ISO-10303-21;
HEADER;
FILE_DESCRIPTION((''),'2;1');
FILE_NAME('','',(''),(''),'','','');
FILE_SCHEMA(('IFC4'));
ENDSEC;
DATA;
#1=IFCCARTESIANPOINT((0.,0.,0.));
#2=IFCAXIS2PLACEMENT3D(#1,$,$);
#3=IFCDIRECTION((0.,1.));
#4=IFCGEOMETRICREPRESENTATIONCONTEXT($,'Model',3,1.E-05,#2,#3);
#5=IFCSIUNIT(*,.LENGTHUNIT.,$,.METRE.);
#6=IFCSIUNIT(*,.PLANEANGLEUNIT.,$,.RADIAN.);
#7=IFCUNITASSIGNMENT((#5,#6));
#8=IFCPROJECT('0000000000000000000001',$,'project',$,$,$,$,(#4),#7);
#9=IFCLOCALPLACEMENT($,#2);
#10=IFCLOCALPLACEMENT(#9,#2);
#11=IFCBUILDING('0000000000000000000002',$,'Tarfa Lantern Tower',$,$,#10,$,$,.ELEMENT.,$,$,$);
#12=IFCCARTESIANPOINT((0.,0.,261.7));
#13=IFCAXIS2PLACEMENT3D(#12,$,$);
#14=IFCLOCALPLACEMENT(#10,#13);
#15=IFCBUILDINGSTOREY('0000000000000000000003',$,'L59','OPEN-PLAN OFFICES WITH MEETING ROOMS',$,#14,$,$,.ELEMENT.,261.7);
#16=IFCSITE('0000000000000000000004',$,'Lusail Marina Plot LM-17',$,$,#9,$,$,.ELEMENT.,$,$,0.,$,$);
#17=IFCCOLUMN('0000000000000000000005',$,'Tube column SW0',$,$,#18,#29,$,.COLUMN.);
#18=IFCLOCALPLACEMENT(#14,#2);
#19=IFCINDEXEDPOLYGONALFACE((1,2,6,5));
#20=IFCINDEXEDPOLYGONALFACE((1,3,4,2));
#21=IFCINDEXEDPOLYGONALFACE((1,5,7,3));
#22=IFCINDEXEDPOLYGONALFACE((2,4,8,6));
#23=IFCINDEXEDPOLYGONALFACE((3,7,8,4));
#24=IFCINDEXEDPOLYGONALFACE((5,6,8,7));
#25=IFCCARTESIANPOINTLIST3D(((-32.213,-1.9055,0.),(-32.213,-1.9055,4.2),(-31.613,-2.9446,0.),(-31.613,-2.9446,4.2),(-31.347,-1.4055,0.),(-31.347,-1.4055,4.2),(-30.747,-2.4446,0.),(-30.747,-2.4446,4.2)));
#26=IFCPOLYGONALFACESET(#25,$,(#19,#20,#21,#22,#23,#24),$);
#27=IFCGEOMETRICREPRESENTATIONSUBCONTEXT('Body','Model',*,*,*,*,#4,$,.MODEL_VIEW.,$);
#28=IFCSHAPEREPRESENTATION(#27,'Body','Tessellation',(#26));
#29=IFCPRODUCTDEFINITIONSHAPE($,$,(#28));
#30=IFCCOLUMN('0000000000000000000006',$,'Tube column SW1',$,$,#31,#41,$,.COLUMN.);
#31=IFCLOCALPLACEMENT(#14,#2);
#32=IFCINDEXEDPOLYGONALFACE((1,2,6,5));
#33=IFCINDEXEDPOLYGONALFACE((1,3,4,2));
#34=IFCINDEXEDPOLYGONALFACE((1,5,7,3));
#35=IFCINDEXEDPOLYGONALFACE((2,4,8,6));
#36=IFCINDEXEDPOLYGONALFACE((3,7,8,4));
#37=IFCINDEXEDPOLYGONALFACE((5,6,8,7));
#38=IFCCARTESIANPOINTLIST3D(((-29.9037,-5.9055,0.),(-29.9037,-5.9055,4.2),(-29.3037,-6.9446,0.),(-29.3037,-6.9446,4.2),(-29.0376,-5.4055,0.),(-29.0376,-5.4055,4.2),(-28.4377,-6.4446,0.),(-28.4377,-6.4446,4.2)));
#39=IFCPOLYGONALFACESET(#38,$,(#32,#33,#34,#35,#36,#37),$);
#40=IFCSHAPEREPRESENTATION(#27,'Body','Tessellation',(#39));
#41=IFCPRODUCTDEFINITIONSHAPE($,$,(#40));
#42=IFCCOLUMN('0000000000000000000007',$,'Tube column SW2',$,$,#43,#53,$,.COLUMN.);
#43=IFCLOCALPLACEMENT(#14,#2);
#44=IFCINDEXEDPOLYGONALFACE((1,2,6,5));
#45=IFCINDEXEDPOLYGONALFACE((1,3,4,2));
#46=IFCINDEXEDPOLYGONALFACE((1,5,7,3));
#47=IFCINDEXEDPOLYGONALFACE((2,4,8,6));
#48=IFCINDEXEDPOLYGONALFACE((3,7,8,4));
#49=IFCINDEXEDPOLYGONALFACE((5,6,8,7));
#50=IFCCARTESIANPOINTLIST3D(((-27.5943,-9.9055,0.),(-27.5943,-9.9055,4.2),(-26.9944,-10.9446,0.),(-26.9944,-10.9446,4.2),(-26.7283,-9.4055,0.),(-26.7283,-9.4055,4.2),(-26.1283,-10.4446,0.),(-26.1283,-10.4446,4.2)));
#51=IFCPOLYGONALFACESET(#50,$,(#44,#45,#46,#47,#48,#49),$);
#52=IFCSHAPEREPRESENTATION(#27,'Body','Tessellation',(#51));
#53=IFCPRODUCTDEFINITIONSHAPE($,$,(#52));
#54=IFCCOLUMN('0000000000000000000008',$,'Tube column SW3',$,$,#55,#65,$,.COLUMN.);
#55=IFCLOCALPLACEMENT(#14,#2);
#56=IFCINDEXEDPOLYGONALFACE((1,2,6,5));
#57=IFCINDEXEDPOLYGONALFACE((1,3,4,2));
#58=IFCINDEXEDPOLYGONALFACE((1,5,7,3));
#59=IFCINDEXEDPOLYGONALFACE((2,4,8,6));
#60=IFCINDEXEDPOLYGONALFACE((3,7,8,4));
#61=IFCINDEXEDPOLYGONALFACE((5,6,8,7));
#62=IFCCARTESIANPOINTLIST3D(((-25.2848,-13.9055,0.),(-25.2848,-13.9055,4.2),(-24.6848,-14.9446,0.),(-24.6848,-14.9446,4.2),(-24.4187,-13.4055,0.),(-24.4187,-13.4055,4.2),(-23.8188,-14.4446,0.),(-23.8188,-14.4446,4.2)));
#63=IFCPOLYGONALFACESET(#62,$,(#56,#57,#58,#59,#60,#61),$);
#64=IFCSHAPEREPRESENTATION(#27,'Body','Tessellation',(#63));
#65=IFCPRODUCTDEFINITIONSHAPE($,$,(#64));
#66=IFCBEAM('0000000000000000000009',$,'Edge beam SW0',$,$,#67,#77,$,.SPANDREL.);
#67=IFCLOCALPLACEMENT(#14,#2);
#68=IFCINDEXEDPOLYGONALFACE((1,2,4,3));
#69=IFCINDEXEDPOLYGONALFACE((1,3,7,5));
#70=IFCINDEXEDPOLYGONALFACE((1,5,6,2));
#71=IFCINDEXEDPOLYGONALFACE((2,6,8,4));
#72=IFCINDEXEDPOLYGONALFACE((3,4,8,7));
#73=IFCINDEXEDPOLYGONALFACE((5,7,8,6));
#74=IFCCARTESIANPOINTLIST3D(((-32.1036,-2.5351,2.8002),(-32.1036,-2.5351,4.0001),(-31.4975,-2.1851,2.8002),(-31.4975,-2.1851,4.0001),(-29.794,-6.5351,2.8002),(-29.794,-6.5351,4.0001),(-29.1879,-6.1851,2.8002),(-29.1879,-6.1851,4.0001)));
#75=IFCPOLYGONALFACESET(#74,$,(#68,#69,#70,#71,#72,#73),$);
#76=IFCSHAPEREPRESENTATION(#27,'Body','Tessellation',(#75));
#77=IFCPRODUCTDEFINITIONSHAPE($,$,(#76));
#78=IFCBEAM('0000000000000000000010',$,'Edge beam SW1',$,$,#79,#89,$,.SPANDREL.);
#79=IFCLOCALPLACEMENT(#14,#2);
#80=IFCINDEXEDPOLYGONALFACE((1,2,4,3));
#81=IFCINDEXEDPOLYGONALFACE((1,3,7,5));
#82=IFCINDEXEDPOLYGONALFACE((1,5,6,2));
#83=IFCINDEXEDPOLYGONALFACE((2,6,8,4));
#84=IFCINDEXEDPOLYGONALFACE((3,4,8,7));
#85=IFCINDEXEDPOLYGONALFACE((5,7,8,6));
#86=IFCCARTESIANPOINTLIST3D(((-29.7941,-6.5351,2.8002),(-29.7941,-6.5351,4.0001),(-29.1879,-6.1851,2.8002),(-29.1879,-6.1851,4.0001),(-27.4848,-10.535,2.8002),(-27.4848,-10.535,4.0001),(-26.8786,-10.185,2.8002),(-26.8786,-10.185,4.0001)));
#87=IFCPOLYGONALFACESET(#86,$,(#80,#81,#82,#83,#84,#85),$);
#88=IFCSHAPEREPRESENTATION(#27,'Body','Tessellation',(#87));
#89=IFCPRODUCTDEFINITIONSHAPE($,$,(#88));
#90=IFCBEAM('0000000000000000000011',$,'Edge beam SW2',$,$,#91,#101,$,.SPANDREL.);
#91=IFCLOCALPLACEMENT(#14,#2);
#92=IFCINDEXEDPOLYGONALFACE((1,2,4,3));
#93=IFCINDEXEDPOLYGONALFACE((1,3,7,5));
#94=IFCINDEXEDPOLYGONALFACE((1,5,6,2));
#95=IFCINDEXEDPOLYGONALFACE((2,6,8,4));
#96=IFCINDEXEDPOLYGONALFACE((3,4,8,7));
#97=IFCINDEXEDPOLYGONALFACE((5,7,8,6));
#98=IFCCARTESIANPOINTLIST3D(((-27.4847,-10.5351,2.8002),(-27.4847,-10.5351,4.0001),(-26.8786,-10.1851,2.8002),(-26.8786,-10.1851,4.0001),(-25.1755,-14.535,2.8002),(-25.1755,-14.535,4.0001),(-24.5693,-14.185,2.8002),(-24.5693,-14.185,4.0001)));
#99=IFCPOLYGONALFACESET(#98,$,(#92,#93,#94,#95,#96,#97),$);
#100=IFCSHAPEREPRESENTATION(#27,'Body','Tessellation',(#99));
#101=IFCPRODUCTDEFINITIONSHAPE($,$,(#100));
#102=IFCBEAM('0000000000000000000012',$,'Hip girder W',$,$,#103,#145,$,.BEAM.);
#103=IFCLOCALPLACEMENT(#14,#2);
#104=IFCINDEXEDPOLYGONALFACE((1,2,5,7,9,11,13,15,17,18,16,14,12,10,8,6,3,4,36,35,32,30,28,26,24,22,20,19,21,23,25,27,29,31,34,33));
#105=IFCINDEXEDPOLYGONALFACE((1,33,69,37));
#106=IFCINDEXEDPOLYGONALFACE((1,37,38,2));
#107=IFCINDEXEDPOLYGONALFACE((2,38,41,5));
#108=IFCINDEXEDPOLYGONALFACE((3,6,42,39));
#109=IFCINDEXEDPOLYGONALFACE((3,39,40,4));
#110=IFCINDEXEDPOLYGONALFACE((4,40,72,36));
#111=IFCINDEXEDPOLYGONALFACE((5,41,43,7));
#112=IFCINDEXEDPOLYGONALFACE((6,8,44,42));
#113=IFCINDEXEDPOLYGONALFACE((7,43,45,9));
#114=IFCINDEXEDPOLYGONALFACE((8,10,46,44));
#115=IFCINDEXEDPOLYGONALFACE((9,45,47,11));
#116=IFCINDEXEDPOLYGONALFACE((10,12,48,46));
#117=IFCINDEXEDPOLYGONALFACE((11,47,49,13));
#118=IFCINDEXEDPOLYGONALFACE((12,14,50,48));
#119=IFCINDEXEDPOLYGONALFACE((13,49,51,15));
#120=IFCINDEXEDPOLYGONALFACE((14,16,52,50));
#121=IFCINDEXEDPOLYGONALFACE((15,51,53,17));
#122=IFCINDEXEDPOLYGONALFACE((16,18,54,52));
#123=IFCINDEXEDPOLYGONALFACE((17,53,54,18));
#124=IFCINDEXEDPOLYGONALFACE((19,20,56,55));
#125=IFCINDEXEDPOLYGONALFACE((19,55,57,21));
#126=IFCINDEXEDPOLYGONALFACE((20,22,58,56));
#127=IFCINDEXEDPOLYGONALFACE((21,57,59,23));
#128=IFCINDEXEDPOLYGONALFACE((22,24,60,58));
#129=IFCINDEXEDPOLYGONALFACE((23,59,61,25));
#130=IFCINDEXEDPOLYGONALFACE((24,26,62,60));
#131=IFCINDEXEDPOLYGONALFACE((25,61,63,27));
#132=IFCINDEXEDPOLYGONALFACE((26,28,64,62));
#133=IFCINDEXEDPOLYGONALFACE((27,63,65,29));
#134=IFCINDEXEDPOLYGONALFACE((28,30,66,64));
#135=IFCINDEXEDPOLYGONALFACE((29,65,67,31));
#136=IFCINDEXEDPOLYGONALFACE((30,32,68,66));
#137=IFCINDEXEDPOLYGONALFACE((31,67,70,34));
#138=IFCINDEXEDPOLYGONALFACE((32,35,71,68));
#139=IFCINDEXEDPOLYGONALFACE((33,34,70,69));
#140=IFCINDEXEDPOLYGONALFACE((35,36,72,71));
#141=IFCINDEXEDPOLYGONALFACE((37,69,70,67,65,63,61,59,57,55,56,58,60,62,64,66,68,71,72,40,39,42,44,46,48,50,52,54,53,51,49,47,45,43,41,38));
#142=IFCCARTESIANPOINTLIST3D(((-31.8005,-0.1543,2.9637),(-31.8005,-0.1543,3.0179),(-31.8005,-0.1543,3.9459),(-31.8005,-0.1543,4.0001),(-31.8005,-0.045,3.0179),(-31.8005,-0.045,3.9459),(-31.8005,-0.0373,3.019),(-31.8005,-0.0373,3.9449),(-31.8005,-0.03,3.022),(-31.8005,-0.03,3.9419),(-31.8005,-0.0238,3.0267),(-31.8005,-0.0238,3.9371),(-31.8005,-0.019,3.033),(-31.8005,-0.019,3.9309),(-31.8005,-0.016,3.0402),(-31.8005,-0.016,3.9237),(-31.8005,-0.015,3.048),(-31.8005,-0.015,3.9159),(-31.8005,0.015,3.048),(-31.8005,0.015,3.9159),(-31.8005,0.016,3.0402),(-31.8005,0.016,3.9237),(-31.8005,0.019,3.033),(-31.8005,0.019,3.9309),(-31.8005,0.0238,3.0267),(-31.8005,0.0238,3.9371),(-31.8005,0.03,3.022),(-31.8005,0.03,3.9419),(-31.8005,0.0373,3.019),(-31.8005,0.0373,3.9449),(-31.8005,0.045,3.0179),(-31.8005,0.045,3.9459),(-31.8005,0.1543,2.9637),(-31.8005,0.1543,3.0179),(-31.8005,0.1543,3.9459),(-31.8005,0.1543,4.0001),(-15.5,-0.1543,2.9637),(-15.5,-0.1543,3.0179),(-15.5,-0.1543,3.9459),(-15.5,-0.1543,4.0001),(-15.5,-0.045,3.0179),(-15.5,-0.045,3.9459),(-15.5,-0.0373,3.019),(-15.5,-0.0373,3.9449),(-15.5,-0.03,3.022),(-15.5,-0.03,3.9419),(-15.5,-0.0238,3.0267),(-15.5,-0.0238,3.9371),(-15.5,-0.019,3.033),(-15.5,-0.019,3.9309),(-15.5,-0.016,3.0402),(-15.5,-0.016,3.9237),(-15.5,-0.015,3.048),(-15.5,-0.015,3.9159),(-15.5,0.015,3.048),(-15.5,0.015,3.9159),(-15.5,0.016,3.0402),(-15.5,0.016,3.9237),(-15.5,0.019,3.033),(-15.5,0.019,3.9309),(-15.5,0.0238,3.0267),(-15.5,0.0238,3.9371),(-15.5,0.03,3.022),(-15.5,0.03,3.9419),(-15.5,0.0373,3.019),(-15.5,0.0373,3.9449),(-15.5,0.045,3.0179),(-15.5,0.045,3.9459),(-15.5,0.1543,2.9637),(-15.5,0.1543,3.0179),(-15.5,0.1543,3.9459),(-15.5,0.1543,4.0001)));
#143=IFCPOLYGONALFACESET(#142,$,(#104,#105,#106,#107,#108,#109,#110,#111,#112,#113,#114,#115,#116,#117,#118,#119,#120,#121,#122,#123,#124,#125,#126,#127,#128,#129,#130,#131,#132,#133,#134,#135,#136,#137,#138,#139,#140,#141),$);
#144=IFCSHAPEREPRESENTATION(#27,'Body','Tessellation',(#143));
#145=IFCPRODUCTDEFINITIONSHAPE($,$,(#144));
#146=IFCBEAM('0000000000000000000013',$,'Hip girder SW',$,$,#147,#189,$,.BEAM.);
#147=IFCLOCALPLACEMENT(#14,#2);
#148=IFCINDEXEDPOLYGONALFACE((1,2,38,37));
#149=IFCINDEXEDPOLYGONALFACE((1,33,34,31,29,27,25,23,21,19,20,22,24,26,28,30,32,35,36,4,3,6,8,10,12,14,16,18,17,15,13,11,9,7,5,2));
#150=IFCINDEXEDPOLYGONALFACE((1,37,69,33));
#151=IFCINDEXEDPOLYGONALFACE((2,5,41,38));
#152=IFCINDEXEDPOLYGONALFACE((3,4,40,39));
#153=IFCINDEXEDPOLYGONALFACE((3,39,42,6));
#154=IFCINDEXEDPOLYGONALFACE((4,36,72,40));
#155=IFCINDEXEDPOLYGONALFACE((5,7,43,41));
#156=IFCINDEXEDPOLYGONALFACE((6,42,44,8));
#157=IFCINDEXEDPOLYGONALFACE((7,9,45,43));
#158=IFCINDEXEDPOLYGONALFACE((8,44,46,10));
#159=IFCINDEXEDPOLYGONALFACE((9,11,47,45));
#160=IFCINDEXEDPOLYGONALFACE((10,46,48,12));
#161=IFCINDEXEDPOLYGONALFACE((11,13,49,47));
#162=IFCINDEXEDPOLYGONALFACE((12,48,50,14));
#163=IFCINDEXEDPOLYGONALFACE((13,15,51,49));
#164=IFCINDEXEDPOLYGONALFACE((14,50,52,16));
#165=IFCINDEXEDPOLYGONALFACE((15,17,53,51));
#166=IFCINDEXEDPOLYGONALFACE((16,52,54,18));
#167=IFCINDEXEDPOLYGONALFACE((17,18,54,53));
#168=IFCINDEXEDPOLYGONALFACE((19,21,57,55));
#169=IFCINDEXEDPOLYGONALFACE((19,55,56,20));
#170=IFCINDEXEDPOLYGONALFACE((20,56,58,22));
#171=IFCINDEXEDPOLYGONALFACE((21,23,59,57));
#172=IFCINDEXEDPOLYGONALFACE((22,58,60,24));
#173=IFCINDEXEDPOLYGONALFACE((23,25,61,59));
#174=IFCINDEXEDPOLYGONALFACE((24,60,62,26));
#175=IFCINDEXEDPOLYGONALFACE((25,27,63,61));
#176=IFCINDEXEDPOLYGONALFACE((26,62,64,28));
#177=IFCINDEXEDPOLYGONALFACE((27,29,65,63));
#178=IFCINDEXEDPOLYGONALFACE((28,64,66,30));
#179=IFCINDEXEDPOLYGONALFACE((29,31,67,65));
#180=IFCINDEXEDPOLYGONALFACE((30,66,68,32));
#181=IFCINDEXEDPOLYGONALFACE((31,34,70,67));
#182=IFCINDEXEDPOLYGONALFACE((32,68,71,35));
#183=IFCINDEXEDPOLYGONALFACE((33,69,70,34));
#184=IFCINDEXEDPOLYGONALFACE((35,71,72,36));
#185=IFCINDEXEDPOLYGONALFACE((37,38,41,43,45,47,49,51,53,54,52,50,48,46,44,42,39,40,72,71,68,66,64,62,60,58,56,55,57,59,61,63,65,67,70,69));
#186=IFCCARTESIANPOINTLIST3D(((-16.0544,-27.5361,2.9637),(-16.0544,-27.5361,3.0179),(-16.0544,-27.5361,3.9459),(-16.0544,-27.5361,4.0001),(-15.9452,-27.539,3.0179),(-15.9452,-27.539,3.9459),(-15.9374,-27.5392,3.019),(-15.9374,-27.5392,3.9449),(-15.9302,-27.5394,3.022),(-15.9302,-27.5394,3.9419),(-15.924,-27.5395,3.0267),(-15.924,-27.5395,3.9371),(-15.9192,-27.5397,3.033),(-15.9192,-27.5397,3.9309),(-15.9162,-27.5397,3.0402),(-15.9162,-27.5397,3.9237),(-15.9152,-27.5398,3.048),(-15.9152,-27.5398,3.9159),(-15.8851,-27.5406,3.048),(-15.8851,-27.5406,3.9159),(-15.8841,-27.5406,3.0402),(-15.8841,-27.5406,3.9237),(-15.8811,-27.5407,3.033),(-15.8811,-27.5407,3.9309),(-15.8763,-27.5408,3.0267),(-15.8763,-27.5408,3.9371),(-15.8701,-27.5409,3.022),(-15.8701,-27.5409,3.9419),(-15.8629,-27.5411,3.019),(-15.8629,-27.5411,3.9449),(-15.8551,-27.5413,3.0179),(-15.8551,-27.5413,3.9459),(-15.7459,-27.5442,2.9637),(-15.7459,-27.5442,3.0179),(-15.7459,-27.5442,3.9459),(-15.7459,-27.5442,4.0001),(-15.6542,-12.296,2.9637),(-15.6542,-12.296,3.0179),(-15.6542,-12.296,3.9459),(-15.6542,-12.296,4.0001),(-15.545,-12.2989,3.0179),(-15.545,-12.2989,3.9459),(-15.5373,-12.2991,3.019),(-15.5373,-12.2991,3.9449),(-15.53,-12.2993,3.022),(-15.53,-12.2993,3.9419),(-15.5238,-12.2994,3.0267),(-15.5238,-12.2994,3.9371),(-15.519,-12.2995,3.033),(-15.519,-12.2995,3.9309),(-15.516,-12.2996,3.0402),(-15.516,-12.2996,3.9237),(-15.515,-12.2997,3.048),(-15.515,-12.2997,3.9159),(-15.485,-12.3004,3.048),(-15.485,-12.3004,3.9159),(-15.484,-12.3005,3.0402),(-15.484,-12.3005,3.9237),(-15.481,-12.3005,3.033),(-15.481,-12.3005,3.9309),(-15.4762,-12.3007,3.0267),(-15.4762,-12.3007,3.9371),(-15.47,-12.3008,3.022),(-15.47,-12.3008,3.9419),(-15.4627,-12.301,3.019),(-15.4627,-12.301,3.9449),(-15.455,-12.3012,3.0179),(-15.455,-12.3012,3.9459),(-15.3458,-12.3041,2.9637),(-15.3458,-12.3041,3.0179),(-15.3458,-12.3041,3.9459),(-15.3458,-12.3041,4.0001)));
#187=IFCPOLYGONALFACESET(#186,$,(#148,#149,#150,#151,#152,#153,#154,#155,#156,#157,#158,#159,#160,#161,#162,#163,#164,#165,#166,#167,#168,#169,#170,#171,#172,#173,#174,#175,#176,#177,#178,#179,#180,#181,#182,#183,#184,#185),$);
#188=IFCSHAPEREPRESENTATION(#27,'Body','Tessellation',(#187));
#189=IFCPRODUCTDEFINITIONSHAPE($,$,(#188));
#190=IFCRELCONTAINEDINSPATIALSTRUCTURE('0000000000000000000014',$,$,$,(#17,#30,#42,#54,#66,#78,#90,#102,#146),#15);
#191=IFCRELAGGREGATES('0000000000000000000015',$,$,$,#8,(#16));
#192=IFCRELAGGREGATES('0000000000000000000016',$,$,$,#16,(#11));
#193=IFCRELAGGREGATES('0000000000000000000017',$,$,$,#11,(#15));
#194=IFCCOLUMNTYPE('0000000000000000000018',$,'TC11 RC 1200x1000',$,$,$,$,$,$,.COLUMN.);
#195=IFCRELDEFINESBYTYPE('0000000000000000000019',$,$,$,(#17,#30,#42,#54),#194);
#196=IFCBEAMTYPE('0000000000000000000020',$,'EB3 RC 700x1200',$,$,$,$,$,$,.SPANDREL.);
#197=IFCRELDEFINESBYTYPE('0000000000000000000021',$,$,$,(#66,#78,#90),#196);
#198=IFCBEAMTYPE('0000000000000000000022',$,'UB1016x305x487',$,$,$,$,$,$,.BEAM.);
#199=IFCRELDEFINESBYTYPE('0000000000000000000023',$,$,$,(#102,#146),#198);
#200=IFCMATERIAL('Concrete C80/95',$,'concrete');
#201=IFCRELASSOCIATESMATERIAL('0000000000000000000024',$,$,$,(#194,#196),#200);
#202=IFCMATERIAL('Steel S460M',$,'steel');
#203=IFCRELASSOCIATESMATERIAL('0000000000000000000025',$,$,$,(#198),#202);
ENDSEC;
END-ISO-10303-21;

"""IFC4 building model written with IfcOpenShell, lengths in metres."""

from ifc_helpers import new_model, si_unit, direction, frame, origin, origin_2d, place, context, subcontext, project, spatial, rectangle, i_section, extrude, material, material_profile, profile_set, type_object, element, save


model = new_model("IFC4")

# Units and contexts
model_context = context("Model", 3, precision=1e-05, world=origin(), true_north=direction((0.0, 1.0)))
body_context = subcontext(model_context, "Body", "Model", "MODEL_VIEW")
ifc_project = project(units=[si_unit("LENGTHUNIT", "METRE"), si_unit("PLANEANGLEUNIT", "RADIAN")], contexts=[model_context])

# Site, building, storey
site_placement = place(None, origin())
site = spatial("IfcSite", under=ifc_project, at=site_placement, Name="Lusail Marina Plot LM-17", CompositionType="ELEMENT", RefElevation=0.0)
building_placement = place(site_placement, origin())
building = spatial("IfcBuilding", under=site, at=building_placement, Name="Tarfa Lantern Tower", CompositionType="ELEMENT")
storey_placement = place(building_placement, frame((0.0, 0.0, 261.7)))
storey = spatial("IfcBuildingStorey", under=building, at=storey_placement, Name="L59", Description="OPEN-PLAN OFFICES WITH MEETING ROOMS", CompositionType="ELEMENT", Elevation=261.7)

# Columns
ifc_material_1 = material(Name="Concrete C80/95", Category="concrete")
ifc_material_profile_1 = material_profile(ifc_material_1, rectangle(XDim=1.2, YDim=1.0, at=origin_2d()), Name="RC 1200x1000")
ifc_profile_set_1 = profile_set([ifc_material_profile_1], Name="Concrete C80/95")
column_type = type_object("IfcColumnType", Name="TC11 RC 1200x1000", PredefinedType="COLUMN", material=ifc_profile_set_1)
for number, where, z_axis, x_axis, name in (
    (1, (-31.48, -2.175, 0.0), (0.0, 0.0, 1.0), (0.5, -0.866025, 0.0), "Tube column SW0"),
    (2, (-29.1707, -6.175, 0.0), (0.0, 0.0, 1.0), (0.5, -0.866025, 0.0), "Tube column SW1"),
    (3, (-26.8613, -10.175, 0.0), (0.0, 0.0, 1.0), (0.5, -0.866025, 0.0), "Tube column SW2"),
    (4, (-24.5518, -14.175, 0.0), (0.0, 0.0, 1.0), (0.5, -0.866025, 0.0), "Tube column SW3"),
):
    element("IfcColumn", number, at=place(storey_placement, frame(where, z_axis=z_axis, x_axis=x_axis)), inside=storey, type_object=column_type, Name=name, PredefinedType="COLUMN", context=body_context, shape_type="SweptSolid", body=[
        extrude(rectangle(XDim=1.2, YDim=1.0, at=origin_2d()), origin(), (0.0, 0.0, 1.0), 4.2),
    ])

# Beams
ifc_material_profile_2 = material_profile(ifc_material_1, rectangle(XDim=0.7, YDim=1.2, at=origin_2d()), Name="RC 700x1200")
ifc_profile_set_2 = profile_set([ifc_material_profile_2], Name="Concrete C80/95")
beam_type_1 = type_object("IfcBeamType", Name="EB3 RC 700x1200", PredefinedType="SPANDREL", material=ifc_profile_set_2)
beam_1_placement = place(storey_placement, frame((-31.8005, -2.3601, 3.4001), z_axis=(0.500027, -0.86601, 0.0), x_axis=(0.86601, 0.500027, 0.0)))
element("IfcBeam", 5, at=beam_1_placement, inside=storey, type_object=beam_type_1, Name="Edge beam SW0", PredefinedType="SPANDREL", context=body_context, shape_type="SweptSolid", body=[
    extrude(rectangle(XDim=0.7, YDim=1.2, at=origin_2d()), origin(), (0.0, 0.0, 1.0), 4.6189),
])
for number, where, z_axis, x_axis, name in (
    (6, (-29.491, -6.3601, 3.4001), (0.499988, -0.866032, 0.0), (0.866032, 0.499988, 0.0), "Edge beam SW1"),
    (7, (-27.1816, -10.3601, 3.4001), (0.499988, -0.866032, 0.0), (0.866032, 0.499988, 0.0), "Edge beam SW2"),
):
    element("IfcBeam", number, at=place(storey_placement, frame(where, z_axis=z_axis, x_axis=x_axis)), inside=storey, type_object=beam_type_1, Name=name, PredefinedType="SPANDREL", context=body_context, shape_type="SweptSolid", body=[
        extrude(rectangle(XDim=0.7, YDim=1.2, at=origin_2d()), origin(), (0.0, 0.0, 1.0), 4.6187),
    ])
ifc_material_2 = material(Name="Steel S460M", Category="steel")
ifc_material_profile_3 = material_profile(ifc_material_2, i_section(OverallWidth=0.3086, OverallDepth=1.0364, WebThickness=0.03, FlangeThickness=0.0542, FilletRadius=0.03, at=origin_2d()), Name="UB1016x305x487")
ifc_profile_set_3 = profile_set([ifc_material_profile_3], Name="Steel S460M")
beam_type_2 = type_object("IfcBeamType", Name="UB1016x305x487", PredefinedType="BEAM", material=ifc_profile_set_3)
beam_2_placement = place(storey_placement, frame((-15.5, 0.0, 3.4819), z_axis=(-1.0, 0.0, 0.0), x_axis=(0.0, -1.0, 0.0)))
element("IfcBeam", 8, at=beam_2_placement, inside=storey, type_object=beam_type_2, Name="Hip girder W", PredefinedType="BEAM", context=body_context, shape_type="SweptSolid", body=[
    extrude(i_section(OverallWidth=0.3086, OverallDepth=1.0364, WebThickness=0.03, FlangeThickness=0.0542, FilletRadius=0.03, at=origin_2d()), origin(), (0.0, 0.0, 1.0), 16.3005),
])
beam_3_placement = place(storey_placement, frame((-15.5, -12.3, 3.4819), z_axis=(-0.026247, -0.999655, 0.0), x_axis=(0.999655, -0.026247, 0.0)))
element("IfcBeam", 9, at=beam_3_placement, inside=storey, type_object=beam_type_2, Name="Hip girder SW", PredefinedType="BEAM", context=body_context, shape_type="SweptSolid", body=[
    extrude(i_section(OverallWidth=0.3086, OverallDepth=1.0364, WebThickness=0.03, FlangeThickness=0.0542, FilletRadius=0.03, at=origin_2d()), origin(), (0.0, 0.0, 1.0), 15.2454),
])

save(model, "model.ifc")
